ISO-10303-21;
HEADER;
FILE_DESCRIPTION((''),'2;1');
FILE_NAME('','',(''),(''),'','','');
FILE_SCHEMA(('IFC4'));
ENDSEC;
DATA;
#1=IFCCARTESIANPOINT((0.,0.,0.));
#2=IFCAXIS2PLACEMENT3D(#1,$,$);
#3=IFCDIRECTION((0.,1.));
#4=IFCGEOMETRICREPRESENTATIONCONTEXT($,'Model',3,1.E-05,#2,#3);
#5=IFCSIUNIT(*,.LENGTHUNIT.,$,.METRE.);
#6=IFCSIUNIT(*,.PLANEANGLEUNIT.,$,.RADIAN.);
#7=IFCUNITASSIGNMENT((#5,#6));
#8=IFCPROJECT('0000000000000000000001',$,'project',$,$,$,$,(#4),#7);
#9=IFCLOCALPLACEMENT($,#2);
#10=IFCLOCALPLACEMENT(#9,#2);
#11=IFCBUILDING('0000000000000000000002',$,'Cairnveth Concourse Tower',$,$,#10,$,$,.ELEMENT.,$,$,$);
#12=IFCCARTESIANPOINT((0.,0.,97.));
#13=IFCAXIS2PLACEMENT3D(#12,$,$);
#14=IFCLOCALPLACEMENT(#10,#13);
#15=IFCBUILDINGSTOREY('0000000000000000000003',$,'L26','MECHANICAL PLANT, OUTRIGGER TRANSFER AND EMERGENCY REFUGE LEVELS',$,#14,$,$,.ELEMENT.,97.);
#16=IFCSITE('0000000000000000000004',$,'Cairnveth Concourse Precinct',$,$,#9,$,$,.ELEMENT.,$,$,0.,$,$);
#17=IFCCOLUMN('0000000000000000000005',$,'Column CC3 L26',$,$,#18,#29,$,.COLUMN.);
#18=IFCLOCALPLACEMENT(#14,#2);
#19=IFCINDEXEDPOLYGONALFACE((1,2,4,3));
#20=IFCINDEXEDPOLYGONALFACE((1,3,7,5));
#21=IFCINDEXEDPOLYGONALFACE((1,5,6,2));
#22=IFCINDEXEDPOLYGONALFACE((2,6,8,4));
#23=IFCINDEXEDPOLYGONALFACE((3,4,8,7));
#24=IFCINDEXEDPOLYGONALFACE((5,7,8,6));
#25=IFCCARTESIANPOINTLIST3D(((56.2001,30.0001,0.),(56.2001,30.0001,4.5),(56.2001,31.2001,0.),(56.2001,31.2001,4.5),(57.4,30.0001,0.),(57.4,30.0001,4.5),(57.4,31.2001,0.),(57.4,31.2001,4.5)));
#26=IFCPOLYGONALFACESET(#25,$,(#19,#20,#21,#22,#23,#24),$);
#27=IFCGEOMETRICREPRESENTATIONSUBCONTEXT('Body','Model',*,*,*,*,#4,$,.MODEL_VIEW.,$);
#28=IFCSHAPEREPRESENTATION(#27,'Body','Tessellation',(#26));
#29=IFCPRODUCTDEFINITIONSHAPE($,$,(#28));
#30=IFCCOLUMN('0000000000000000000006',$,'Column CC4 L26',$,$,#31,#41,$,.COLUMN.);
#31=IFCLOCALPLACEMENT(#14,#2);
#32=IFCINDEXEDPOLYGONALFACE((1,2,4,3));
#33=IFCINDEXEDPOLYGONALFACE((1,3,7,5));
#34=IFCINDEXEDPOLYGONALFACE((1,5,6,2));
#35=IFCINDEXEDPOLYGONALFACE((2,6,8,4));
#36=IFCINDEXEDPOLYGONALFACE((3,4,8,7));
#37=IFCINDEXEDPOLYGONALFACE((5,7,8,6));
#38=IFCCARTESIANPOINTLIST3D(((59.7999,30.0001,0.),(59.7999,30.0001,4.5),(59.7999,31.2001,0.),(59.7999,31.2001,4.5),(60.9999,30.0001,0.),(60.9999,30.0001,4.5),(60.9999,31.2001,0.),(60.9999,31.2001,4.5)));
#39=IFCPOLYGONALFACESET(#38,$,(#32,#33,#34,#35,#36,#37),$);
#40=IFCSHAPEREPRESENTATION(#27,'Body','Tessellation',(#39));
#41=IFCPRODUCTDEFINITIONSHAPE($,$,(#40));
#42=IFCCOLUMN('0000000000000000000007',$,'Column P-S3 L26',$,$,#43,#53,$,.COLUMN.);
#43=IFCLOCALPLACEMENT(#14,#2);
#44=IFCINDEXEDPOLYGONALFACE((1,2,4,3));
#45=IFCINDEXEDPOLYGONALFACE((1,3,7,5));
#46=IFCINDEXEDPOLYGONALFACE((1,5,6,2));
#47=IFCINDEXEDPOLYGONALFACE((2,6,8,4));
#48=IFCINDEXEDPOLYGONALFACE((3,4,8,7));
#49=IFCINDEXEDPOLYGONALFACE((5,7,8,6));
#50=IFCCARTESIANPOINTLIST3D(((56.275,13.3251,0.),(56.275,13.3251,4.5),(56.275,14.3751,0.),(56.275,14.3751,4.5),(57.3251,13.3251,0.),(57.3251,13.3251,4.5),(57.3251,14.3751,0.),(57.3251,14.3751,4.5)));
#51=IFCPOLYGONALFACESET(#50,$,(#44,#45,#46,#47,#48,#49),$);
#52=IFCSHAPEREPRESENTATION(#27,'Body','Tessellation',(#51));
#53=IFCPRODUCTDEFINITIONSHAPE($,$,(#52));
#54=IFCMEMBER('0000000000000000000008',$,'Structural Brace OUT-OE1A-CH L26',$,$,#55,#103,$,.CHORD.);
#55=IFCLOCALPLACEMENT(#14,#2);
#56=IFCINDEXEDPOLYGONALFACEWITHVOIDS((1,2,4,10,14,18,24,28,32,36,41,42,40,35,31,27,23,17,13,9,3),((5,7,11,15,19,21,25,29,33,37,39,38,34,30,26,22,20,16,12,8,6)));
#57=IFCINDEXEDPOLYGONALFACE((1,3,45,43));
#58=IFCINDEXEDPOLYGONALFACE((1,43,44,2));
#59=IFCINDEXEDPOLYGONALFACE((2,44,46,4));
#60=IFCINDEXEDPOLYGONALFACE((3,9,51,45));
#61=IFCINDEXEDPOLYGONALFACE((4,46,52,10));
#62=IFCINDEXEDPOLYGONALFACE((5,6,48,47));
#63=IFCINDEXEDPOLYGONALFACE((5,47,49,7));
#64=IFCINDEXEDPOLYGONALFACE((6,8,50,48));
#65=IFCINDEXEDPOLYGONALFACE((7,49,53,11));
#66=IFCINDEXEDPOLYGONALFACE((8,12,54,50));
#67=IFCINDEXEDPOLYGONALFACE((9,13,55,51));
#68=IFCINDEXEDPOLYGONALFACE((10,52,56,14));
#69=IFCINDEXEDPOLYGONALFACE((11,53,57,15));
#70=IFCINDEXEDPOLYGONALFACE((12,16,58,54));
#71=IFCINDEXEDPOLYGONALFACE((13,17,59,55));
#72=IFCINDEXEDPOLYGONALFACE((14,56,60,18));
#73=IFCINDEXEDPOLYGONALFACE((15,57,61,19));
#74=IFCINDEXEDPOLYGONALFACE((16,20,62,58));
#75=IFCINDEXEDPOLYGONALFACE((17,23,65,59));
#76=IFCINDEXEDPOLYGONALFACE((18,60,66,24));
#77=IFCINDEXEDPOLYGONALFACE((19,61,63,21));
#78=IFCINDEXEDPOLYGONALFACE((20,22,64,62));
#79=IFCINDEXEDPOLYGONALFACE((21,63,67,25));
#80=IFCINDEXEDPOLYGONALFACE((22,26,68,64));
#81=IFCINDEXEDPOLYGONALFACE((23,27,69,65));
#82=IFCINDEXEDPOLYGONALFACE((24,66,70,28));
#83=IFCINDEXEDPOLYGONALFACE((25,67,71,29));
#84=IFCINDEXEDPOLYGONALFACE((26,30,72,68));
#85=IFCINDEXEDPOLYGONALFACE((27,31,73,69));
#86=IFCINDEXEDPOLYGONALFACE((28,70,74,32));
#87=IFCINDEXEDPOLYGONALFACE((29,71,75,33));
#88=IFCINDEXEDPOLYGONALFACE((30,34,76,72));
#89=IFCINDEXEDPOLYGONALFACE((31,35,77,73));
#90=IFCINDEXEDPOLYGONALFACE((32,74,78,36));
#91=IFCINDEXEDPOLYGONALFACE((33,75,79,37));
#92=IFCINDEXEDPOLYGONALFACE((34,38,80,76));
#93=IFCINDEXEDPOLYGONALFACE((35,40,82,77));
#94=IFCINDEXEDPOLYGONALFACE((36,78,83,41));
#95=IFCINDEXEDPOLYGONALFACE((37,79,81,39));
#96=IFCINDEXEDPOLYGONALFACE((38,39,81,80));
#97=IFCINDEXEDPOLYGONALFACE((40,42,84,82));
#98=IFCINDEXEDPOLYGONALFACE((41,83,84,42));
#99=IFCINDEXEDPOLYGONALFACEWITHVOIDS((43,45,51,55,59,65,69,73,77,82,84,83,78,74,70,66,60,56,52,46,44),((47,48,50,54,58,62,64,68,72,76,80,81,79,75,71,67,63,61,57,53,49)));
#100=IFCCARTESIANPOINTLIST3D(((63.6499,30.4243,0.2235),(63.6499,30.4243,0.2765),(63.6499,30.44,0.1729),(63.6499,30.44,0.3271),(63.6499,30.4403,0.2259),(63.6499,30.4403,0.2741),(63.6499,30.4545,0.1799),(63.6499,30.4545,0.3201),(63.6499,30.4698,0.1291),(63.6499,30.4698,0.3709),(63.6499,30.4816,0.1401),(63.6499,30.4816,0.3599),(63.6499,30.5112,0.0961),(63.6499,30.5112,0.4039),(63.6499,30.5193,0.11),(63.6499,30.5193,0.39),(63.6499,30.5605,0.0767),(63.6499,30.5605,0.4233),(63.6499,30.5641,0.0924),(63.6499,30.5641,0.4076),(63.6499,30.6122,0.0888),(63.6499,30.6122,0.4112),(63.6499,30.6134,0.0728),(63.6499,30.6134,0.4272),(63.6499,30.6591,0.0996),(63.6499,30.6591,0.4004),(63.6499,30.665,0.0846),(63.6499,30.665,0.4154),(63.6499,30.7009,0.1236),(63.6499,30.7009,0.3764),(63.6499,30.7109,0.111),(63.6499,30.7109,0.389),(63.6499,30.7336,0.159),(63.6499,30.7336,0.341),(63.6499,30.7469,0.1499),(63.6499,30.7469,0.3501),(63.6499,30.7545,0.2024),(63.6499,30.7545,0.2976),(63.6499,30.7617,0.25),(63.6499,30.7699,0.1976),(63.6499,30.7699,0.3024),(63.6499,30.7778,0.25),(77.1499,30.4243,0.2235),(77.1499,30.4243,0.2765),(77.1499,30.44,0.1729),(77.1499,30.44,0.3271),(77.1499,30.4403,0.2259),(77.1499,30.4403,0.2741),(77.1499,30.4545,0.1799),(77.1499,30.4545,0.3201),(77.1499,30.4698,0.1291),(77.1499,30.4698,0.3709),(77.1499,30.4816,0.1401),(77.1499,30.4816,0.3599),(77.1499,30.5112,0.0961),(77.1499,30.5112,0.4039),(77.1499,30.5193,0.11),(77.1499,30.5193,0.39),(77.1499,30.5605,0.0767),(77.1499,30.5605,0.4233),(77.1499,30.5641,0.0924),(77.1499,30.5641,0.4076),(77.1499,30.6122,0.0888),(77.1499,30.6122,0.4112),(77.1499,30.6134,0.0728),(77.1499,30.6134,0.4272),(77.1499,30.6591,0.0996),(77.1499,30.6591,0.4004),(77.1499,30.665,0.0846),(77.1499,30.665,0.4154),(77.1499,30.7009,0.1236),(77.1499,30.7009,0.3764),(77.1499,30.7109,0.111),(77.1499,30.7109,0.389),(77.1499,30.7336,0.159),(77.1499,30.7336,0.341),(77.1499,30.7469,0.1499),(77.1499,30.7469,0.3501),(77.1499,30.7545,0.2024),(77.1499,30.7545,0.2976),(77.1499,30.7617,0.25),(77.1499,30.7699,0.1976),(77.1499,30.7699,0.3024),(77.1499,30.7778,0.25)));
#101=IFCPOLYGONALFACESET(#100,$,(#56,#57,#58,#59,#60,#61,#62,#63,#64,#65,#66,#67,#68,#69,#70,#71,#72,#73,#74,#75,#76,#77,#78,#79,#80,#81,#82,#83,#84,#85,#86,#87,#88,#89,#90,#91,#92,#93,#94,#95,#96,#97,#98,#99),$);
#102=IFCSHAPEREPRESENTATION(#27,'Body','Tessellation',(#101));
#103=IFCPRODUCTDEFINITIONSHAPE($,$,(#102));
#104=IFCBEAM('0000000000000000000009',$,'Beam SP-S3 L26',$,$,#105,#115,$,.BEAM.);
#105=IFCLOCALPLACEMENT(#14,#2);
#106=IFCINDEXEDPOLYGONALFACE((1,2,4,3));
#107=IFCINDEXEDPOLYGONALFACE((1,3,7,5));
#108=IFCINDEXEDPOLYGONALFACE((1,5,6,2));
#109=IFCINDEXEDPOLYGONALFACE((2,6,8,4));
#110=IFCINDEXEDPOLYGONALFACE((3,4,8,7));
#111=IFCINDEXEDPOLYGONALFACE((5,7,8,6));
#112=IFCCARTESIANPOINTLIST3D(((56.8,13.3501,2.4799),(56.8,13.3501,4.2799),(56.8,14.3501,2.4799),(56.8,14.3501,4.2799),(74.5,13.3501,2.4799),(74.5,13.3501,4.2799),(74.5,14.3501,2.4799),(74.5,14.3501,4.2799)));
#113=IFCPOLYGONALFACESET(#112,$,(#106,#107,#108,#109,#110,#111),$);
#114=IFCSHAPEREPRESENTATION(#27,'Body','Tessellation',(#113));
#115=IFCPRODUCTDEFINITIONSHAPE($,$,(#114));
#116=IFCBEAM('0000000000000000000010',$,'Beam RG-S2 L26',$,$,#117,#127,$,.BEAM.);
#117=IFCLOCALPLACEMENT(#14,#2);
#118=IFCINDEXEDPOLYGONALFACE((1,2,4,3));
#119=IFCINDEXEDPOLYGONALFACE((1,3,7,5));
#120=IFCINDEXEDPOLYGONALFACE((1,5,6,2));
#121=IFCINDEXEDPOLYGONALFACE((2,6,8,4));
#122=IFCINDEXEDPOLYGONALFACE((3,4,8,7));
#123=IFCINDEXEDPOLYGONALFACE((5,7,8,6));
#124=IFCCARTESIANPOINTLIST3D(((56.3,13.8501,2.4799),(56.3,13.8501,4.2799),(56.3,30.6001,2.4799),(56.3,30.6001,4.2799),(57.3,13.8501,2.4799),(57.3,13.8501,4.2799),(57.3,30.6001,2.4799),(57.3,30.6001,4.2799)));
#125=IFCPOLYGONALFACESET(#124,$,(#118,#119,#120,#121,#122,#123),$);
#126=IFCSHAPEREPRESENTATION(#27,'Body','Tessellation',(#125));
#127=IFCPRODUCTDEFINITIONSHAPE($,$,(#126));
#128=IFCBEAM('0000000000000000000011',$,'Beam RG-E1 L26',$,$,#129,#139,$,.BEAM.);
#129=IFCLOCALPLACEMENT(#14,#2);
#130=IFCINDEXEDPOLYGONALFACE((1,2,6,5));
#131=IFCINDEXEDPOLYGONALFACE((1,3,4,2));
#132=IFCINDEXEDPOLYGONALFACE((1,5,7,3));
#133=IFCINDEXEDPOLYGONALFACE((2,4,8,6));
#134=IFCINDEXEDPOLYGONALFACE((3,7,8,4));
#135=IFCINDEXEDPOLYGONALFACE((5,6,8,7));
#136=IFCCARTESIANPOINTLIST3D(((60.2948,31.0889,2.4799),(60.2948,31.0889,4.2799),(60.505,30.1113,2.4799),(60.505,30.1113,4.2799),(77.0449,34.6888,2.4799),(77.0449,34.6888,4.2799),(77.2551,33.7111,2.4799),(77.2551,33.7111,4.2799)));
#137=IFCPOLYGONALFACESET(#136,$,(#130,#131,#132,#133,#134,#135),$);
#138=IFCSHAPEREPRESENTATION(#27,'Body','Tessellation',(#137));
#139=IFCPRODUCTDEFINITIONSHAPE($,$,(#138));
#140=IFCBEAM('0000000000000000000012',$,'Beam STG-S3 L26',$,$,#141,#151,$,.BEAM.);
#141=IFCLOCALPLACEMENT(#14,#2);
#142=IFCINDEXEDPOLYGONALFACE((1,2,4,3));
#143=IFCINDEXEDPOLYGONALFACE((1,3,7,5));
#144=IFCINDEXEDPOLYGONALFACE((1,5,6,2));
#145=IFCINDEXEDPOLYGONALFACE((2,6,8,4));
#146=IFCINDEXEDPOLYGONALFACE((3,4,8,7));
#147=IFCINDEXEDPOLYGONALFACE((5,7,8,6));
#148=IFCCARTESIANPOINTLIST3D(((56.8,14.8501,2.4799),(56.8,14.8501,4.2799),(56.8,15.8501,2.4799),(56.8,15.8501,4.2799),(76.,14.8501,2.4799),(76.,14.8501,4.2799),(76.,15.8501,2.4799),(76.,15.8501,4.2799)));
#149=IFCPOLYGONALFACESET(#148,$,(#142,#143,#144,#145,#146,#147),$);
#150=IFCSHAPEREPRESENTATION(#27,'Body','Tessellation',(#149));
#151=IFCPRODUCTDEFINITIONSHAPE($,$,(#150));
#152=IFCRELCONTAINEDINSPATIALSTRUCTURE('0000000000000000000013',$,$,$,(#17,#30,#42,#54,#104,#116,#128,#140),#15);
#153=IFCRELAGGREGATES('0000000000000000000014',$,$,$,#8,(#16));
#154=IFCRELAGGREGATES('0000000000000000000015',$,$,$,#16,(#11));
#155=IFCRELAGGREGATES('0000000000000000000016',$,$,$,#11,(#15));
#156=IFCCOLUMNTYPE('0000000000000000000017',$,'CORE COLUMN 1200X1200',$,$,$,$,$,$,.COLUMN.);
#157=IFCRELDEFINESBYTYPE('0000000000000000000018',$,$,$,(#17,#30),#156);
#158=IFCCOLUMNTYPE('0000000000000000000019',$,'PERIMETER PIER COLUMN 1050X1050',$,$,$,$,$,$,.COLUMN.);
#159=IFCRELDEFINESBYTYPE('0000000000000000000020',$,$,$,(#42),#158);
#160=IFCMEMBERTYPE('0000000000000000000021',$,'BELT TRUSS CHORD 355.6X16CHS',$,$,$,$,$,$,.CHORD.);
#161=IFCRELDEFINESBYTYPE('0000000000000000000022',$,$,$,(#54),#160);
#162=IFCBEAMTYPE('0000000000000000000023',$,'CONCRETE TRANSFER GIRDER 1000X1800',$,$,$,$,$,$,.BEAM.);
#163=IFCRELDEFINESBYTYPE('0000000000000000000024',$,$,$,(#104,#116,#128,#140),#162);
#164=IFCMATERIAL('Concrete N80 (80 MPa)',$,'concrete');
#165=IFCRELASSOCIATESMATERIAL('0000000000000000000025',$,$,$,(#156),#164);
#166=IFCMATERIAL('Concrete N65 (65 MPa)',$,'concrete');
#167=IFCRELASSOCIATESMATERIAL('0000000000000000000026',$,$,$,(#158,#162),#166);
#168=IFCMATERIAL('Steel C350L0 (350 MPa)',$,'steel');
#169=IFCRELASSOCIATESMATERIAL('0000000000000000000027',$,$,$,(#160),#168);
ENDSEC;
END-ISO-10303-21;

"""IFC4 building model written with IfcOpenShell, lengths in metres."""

from ifc_helpers import new_model, si_unit, direction, frame, origin, origin_2d, place, context, subcontext, project, spatial, rectangle, hollow_circle, extrude, material, material_profile, profile_set, type_object, element, save


model = new_model("IFC4")

# Units and contexts
model_context = context("Model", 3, precision=1e-05, world=origin(), true_north=direction((0.0, 1.0)))
body_context = subcontext(model_context, "Body", "Model", "MODEL_VIEW")
ifc_project = project(units=[si_unit("LENGTHUNIT", "METRE"), si_unit("PLANEANGLEUNIT", "RADIAN")], contexts=[model_context])

# Site, building, storey
site_placement = place(None, origin())
site = spatial("IfcSite", under=ifc_project, at=site_placement, Name="Cairnveth Concourse Precinct", CompositionType="ELEMENT", RefElevation=0.0)
building_placement = place(site_placement, origin())
building = spatial("IfcBuilding", under=site, at=building_placement, Name="Cairnveth Concourse Tower", CompositionType="ELEMENT")
storey_placement = place(building_placement, frame((0.0, 0.0, 97.0)))
storey = spatial("IfcBuildingStorey", under=building, at=storey_placement, Name="L26", Description="MECHANICAL PLANT, OUTRIGGER TRANSFER AND EMERGENCY REFUGE LEVELS", CompositionType="ELEMENT", Elevation=97.0)

# Columns
ifc_material_1 = material(Name="Concrete N80 (80 MPa)", Category="concrete")
ifc_material_profile_1 = material_profile(ifc_material_1, rectangle(XDim=1.2, YDim=1.2, at=origin_2d()), Name="RC-COL-1200x1200")
ifc_profile_set_1 = profile_set([ifc_material_profile_1], Name="Concrete N80 (80 MPa)")
column_type_1 = type_object("IfcColumnType", Name="CORE COLUMN 1200X1200", PredefinedType="COLUMN", material=ifc_profile_set_1)
for number, where, z_axis, x_axis, name in (
    (1, (56.8, 30.6001, 0.0), (0.0, 0.0, 1.0), (1.0, 0.0, 0.0), "Column CC3 L26"),
    (2, (60.3999, 30.6001, 0.0), (0.0, 0.0, 1.0), (1.0, 0.0, 0.0), "Column CC4 L26"),
):
    element("IfcColumn", number, at=place(storey_placement, frame(where, z_axis=z_axis, x_axis=x_axis)), inside=storey, type_object=column_type_1, Name=name, PredefinedType="COLUMN", context=body_context, shape_type="SweptSolid", body=[
        extrude(rectangle(XDim=1.2, YDim=1.2, at=origin_2d()), origin(), (0.0, 0.0, 1.0), 4.5),
    ])
ifc_material_2 = material(Name="Concrete N65 (65 MPa)", Category="concrete")
ifc_material_profile_2 = material_profile(ifc_material_2, rectangle(XDim=1.05, YDim=1.05, at=origin_2d()), Name="RC-COL-1050x1050")
ifc_profile_set_2 = profile_set([ifc_material_profile_2], Name="Concrete N65 (65 MPa)")
column_type_2 = type_object("IfcColumnType", Name="PERIMETER PIER COLUMN 1050X1050", PredefinedType="COLUMN", material=ifc_profile_set_2)
column_placement = place(storey_placement, frame((56.8, 13.8501, 0.0), z_axis=(0.0, 0.0, 1.0), x_axis=(1.0, 0.0, 0.0)))
element("IfcColumn", 3, at=column_placement, inside=storey, type_object=column_type_2, Name="Column P-S3 L26", PredefinedType="COLUMN", context=body_context, shape_type="SweptSolid", body=[
    extrude(rectangle(XDim=1.05, YDim=1.05, at=origin_2d()), origin(), (0.0, 0.0, 1.0), 4.5),
])

# Member
ifc_material_3 = material(Name="Steel C350L0 (350 MPa)", Category="steel")
ifc_material_profile_3 = material_profile(ifc_material_3, hollow_circle(Radius=0.1777, WallThickness=0.0161, at=origin_2d()), Name="355.6x16.0CHS")
ifc_profile_set_3 = profile_set([ifc_material_profile_3], Name="Steel C350L0 (350 MPa)")
member_type_1 = type_object("IfcMemberType", Name="BELT TRUSS CHORD 355.6X16CHS", PredefinedType="CHORD", material=ifc_profile_set_3)
member_1_placement = place(storey_placement, frame((63.6499, 30.6001, 0.25), z_axis=(1.0, 0.0, 0.0), x_axis=(0.0, 1.0, 0.0)))
element("IfcMember", 4, at=member_1_placement, inside=storey, type_object=member_type_1, Name="Structural Brace OUT-OE1A-CH L26", PredefinedType="CHORD", context=body_context, shape_type="SweptSolid", body=[
    extrude(hollow_circle(Radius=0.1777, WallThickness=0.0161, at=origin_2d()), origin(), (0.0, 0.0, 1.0), 13.5),
])

# Beams
ifc_material_profile_4 = material_profile(ifc_material_2, rectangle(XDim=1.0, YDim=1.8, at=origin_2d()), Name="RC-TB-1000x1800")
ifc_profile_set_4 = profile_set([ifc_material_profile_4], Name="Concrete N65 (65 MPa)")
beam_type = type_object("IfcBeamType", Name="CONCRETE TRANSFER GIRDER 1000X1800", PredefinedType="BEAM", material=ifc_profile_set_4)
beam_1_placement = place(storey_placement, frame((56.8, 13.8501, 3.3799), z_axis=(1.0, 0.0, 0.0), x_axis=(0.0, 1.0, 0.0)))
element("IfcBeam", 5, at=beam_1_placement, inside=storey, type_object=beam_type, Name="Beam SP-S3 L26", PredefinedType="BEAM", context=body_context, shape_type="SweptSolid", body=[
    extrude(rectangle(XDim=1.0, YDim=1.8, at=origin_2d()), origin(), (0.0, 0.0, 1.0), 17.7),
])
beam_2_placement = place(storey_placement, frame((56.8, 13.8501, 3.3799), z_axis=(0.0, 1.0, 0.0), x_axis=(-1.0, 0.0, 0.0)))
element("IfcBeam", 6, at=beam_2_placement, inside=storey, type_object=beam_type, Name="Beam RG-S2 L26", PredefinedType="BEAM", context=body_context, shape_type="SweptSolid", body=[
    extrude(rectangle(XDim=1.0, YDim=1.8, at=origin_2d()), origin(), (0.0, 0.0, 1.0), 16.75),
])
beam_3_placement = place(storey_placement, frame((60.3999, 30.6001, 3.3799), z_axis=(0.977676, 0.210119, 0.0), x_axis=(-0.210119, 0.977676, 0.0)))
element("IfcBeam", 7, at=beam_3_placement, inside=storey, type_object=beam_type, Name="Beam RG-E1 L26", PredefinedType="BEAM", context=body_context, shape_type="SweptSolid", body=[
    extrude(rectangle(XDim=1.0, YDim=1.8, at=origin_2d()), origin(), (0.0, 0.0, 1.0), 17.1326),
])
beam_4_placement = place(storey_placement, frame((56.8, 15.3501, 3.3799), z_axis=(1.0, 0.0, 0.0), x_axis=(0.0, 1.0, 0.0)))
element("IfcBeam", 8, at=beam_4_placement, inside=storey, type_object=beam_type, Name="Beam STG-S3 L26", PredefinedType="BEAM", context=body_context, shape_type="SweptSolid", body=[
    extrude(rectangle(XDim=1.0, YDim=1.8, at=origin_2d()), origin(), (0.0, 0.0, 1.0), 19.2),
])

save(model, "model.ifc")
